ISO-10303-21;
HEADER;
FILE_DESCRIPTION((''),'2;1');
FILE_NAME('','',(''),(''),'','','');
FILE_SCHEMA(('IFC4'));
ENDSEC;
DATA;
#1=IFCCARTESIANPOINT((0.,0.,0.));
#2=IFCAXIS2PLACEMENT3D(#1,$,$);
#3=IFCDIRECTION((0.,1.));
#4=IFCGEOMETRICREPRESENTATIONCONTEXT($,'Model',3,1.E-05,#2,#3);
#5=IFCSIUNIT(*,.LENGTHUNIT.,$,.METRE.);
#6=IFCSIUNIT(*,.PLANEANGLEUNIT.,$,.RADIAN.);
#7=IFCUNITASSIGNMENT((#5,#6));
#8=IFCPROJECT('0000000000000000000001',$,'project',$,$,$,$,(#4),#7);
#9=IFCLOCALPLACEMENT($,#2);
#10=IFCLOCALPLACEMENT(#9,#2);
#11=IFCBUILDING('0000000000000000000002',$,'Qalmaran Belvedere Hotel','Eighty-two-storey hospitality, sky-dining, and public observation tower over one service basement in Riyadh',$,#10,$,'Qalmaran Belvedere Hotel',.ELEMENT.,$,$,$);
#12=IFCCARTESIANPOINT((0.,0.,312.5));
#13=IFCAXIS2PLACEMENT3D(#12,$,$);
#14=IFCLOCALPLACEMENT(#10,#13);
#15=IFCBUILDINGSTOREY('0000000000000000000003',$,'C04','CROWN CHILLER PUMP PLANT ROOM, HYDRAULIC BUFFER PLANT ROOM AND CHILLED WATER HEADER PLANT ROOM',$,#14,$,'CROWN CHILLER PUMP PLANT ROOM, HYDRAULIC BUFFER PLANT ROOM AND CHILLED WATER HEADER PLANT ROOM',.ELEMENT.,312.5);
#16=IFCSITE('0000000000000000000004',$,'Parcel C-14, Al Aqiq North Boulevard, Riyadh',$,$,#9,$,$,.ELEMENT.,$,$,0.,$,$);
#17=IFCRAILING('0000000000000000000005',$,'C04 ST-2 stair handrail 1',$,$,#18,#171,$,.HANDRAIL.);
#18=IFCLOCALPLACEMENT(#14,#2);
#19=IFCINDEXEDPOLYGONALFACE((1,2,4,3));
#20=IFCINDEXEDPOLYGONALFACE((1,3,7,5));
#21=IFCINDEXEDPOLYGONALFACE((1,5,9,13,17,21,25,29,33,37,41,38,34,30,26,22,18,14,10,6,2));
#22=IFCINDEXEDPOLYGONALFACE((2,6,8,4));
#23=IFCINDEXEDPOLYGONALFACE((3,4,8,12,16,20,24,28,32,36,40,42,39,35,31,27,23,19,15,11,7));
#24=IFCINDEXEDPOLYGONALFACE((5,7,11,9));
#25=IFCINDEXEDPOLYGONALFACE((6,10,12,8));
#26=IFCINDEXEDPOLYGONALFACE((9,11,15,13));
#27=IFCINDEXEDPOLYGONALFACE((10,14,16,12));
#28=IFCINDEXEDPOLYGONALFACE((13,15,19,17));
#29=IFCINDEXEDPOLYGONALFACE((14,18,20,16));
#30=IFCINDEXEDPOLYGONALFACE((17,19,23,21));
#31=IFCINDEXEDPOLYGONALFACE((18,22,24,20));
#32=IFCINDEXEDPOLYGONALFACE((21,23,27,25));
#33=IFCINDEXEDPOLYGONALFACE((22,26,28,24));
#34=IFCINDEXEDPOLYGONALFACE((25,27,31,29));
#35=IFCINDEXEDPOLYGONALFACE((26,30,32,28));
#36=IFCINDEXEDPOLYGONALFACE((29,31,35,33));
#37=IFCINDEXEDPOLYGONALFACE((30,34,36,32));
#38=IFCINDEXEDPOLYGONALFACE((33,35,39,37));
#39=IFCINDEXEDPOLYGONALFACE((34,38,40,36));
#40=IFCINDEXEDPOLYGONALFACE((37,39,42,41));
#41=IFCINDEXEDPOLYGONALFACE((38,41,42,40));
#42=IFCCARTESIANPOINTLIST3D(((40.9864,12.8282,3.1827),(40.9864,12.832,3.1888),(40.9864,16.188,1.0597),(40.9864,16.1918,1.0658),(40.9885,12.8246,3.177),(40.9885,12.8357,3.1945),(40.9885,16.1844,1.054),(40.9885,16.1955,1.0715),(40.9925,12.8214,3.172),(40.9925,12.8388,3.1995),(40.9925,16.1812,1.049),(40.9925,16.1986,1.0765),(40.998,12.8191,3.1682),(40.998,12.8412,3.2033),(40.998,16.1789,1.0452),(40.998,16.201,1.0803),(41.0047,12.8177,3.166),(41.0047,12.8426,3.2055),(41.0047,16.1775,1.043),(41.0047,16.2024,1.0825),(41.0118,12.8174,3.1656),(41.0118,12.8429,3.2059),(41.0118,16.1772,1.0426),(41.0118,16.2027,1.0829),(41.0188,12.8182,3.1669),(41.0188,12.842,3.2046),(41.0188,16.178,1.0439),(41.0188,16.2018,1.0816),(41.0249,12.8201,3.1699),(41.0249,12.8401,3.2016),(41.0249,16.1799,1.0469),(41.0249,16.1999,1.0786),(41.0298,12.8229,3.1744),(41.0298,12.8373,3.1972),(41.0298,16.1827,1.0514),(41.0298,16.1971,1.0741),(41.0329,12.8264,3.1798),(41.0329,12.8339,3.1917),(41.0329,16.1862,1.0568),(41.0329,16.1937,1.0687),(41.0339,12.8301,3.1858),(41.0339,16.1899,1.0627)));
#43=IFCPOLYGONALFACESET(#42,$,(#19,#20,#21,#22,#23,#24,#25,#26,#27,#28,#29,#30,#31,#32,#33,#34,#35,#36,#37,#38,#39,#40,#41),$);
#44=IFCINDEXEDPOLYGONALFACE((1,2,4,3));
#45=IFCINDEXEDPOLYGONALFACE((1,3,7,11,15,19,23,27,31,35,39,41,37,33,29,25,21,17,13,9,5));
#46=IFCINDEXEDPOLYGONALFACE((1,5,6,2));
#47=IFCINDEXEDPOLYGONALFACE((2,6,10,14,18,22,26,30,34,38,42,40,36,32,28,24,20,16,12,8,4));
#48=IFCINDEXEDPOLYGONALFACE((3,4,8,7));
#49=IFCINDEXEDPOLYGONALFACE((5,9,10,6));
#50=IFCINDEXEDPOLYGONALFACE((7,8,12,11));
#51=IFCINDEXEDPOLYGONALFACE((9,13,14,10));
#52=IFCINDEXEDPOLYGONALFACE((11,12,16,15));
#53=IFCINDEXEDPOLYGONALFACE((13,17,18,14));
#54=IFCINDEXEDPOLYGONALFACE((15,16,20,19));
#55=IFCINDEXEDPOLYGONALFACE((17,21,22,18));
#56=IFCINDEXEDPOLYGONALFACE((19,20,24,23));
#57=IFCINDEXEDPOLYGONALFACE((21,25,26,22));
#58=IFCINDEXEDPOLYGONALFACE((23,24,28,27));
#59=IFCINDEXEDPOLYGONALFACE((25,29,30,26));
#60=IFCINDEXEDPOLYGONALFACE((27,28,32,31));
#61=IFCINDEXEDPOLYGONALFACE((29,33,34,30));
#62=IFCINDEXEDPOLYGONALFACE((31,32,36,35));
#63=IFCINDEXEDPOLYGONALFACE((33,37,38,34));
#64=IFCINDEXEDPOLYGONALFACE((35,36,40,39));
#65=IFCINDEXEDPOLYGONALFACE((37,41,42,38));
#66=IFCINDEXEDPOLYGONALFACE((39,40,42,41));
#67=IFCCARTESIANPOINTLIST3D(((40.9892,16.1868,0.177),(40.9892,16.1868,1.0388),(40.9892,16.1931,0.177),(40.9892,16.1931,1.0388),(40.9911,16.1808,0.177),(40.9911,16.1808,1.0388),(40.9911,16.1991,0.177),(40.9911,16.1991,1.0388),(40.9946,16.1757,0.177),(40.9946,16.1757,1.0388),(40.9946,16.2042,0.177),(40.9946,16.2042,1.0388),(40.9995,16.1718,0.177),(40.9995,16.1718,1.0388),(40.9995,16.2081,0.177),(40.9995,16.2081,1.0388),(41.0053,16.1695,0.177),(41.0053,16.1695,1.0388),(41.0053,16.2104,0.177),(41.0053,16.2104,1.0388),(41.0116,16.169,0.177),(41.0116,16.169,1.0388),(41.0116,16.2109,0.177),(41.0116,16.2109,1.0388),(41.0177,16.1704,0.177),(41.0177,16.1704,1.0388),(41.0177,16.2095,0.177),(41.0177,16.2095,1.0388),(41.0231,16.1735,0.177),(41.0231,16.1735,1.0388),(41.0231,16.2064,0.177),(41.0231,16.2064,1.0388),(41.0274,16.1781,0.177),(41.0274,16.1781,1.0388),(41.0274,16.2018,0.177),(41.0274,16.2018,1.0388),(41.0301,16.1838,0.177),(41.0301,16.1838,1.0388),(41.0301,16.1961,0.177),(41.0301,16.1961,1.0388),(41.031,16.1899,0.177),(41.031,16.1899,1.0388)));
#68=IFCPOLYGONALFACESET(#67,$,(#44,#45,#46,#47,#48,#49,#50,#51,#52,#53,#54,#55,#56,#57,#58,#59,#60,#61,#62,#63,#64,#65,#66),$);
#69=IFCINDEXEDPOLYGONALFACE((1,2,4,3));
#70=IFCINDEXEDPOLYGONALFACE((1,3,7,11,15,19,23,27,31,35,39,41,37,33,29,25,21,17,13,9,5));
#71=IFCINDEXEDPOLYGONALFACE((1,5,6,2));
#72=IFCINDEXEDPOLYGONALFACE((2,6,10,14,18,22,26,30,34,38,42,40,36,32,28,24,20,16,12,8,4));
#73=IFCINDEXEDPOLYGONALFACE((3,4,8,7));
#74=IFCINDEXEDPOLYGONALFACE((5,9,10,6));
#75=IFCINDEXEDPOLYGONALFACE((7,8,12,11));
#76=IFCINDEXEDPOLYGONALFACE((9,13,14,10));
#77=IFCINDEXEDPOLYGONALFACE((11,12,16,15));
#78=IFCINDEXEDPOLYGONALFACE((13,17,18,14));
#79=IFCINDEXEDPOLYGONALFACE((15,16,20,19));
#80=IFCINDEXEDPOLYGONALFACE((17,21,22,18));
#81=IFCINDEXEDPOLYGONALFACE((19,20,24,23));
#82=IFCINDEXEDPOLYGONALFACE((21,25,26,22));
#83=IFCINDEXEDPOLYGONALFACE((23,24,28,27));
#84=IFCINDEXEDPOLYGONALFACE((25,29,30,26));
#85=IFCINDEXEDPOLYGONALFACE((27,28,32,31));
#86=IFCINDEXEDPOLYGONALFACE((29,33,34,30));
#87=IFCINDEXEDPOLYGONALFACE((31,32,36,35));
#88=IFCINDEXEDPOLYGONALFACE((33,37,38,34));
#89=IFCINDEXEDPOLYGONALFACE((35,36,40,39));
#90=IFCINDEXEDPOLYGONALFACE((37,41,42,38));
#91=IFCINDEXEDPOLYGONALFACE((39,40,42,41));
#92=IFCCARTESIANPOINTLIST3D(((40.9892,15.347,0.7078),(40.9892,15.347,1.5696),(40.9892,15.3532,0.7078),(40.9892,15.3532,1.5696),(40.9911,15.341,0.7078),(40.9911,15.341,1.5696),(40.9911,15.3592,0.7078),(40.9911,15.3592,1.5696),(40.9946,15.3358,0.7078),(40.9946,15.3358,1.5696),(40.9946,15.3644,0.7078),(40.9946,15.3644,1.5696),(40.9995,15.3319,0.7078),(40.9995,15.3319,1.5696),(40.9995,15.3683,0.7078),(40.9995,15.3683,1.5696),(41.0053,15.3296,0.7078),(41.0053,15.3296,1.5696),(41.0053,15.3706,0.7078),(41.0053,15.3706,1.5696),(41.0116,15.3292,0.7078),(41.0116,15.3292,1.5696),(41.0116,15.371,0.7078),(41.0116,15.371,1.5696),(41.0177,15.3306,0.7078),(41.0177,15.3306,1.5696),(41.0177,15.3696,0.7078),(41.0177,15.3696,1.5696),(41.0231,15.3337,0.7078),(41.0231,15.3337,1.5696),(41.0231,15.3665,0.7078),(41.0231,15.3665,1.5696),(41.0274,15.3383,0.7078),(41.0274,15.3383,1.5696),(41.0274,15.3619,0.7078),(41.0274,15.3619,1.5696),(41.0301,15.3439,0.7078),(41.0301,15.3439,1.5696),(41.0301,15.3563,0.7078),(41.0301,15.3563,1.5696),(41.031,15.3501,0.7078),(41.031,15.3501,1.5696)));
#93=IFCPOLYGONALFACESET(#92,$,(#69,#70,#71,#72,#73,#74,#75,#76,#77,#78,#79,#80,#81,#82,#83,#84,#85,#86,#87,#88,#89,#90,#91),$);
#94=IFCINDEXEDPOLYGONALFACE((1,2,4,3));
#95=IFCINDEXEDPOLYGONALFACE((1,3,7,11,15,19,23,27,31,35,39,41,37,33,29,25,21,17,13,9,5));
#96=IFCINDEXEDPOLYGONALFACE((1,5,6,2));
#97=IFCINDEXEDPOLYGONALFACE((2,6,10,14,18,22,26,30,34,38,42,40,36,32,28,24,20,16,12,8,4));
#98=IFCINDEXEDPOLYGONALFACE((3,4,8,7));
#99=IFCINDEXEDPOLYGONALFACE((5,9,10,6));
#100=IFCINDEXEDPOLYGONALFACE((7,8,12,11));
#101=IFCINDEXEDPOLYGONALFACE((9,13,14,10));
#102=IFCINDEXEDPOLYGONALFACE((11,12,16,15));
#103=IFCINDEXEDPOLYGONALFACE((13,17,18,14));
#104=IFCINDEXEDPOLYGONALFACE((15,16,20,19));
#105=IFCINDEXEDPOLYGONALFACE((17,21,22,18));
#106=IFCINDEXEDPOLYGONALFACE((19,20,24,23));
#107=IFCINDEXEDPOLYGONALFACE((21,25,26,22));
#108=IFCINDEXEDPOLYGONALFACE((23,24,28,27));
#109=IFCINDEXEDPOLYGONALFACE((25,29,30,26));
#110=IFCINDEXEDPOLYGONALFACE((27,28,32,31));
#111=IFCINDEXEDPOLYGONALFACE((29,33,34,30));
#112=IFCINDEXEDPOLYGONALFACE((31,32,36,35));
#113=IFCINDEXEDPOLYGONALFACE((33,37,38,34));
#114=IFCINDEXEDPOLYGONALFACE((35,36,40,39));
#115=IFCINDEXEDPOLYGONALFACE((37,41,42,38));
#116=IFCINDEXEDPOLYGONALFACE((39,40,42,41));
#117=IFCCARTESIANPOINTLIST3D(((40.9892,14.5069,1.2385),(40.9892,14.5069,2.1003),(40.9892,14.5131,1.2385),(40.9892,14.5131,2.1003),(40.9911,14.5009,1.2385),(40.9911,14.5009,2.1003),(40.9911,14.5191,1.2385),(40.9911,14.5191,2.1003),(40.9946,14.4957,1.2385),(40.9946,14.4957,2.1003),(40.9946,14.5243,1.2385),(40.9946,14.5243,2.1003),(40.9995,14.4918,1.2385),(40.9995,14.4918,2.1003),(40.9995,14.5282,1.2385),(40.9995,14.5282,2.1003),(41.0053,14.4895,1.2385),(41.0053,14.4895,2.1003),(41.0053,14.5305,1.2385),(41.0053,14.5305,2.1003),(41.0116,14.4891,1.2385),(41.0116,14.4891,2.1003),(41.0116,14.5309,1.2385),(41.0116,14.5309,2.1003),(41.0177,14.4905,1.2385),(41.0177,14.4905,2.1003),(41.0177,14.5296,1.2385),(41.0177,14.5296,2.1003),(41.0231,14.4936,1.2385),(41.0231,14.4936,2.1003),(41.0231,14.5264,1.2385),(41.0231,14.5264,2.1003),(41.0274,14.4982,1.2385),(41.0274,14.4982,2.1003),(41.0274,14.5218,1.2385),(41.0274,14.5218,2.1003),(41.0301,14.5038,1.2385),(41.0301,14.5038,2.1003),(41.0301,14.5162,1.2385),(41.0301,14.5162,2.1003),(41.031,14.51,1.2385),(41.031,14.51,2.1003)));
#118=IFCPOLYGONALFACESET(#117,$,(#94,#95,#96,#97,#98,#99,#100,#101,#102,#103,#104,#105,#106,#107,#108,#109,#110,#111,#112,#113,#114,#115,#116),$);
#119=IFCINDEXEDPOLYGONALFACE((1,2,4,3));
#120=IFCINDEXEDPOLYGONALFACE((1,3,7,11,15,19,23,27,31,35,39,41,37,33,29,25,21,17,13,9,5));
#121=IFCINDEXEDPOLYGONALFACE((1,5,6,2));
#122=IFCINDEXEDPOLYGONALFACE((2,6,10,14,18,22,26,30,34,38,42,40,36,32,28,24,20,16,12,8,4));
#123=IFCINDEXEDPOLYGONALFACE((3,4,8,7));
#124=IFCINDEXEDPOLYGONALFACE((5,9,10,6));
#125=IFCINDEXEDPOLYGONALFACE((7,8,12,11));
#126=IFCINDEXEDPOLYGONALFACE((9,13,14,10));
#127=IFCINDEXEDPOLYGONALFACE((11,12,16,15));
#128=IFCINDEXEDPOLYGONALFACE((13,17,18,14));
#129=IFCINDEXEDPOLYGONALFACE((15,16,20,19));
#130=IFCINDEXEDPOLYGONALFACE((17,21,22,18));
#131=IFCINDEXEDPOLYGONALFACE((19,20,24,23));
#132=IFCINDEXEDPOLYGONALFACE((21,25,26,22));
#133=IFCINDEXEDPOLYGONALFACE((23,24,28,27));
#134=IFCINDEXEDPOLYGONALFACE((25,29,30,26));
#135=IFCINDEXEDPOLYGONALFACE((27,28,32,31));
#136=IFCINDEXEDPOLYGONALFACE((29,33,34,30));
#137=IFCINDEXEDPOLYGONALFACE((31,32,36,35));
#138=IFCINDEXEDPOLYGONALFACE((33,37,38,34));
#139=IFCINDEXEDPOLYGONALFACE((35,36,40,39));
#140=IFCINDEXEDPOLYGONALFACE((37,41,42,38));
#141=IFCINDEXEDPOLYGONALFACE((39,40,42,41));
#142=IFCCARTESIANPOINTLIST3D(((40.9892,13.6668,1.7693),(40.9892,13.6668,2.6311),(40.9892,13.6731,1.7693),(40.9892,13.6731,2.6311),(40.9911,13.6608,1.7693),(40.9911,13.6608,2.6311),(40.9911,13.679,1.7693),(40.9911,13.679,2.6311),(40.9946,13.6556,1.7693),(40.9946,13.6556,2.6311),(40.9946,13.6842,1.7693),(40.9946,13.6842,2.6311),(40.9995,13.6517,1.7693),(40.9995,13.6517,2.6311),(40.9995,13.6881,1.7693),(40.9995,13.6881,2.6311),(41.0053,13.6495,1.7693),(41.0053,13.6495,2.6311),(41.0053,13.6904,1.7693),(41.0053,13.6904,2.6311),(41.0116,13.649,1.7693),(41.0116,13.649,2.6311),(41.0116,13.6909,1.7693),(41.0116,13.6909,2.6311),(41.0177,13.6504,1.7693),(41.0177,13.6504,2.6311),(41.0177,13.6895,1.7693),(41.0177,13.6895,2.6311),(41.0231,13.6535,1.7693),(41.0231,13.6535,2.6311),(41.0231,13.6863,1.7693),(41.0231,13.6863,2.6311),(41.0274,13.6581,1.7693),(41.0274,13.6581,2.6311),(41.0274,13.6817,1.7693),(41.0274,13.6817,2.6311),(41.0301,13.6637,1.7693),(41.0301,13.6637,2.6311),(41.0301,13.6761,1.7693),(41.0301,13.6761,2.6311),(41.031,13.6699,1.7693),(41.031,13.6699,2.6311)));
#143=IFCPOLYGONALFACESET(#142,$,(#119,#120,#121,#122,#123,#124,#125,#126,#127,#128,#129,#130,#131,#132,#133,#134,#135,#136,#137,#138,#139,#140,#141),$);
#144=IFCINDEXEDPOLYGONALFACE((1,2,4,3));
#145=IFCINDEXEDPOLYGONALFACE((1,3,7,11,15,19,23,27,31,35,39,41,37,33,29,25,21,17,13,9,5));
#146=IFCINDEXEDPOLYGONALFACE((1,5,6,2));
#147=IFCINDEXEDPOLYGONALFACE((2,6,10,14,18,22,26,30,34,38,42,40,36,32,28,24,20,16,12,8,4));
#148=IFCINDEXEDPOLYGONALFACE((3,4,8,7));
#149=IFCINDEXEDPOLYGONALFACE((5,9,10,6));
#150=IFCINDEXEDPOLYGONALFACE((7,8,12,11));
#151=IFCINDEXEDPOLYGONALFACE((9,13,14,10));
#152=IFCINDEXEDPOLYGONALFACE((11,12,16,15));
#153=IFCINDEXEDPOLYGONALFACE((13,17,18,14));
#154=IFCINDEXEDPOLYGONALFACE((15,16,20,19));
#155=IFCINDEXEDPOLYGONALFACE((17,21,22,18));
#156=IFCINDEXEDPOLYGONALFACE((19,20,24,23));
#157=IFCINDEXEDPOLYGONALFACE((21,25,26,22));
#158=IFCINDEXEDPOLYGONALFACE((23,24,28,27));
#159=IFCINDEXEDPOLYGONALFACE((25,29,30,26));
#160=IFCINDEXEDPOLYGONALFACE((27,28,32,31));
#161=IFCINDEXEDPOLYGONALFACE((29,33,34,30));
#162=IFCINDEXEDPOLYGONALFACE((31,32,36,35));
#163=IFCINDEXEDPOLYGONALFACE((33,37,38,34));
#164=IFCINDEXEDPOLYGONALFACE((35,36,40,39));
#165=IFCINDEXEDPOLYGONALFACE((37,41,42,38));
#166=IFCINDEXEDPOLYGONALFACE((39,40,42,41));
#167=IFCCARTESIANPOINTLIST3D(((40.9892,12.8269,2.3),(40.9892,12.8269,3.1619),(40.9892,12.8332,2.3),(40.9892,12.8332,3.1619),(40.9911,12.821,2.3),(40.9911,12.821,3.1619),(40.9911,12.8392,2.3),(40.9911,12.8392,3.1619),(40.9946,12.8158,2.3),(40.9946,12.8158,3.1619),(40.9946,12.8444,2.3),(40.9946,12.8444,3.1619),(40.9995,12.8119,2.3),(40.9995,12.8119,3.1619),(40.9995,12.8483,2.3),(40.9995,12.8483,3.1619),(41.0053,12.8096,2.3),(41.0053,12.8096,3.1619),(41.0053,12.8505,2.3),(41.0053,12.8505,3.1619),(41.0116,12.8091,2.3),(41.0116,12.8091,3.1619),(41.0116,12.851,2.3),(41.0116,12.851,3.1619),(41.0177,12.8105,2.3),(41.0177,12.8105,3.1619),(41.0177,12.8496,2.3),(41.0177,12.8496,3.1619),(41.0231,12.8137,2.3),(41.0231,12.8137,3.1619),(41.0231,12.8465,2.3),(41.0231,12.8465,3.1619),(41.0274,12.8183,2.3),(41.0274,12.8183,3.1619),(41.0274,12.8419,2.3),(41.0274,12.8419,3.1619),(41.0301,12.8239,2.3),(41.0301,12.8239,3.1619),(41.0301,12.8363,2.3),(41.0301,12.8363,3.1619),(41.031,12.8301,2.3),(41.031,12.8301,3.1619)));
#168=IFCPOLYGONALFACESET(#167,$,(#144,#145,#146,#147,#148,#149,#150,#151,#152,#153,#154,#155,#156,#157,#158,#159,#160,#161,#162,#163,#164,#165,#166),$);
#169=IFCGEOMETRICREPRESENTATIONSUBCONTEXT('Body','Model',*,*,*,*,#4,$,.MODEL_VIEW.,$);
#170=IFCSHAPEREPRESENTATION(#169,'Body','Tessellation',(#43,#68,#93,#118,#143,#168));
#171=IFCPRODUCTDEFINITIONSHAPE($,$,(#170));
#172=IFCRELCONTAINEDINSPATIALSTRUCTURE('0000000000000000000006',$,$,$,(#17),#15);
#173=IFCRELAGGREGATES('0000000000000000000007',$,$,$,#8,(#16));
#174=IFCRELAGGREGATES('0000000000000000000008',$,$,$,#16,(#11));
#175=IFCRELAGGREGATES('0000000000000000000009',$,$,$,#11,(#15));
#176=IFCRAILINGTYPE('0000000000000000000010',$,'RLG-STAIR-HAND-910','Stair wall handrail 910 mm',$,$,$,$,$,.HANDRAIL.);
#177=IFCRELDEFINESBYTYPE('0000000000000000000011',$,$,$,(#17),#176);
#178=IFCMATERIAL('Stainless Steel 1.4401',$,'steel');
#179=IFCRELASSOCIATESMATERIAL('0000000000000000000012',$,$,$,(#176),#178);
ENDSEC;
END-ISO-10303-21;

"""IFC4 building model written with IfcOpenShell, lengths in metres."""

from ifc_helpers import new_model, si_unit, direction, frame, origin, origin_2d, place, context, subcontext, project, spatial, circle, extrude, material, type_object, element, save


model = new_model("IFC4")

# Units and contexts
model_context = context("Model", 3, precision=1e-05, world=origin(), true_north=direction((0.0, 1.0)))
body_context = subcontext(model_context, "Body", "Model", "MODEL_VIEW")
ifc_project = project(units=[si_unit("LENGTHUNIT", "METRE"), si_unit("PLANEANGLEUNIT", "RADIAN")], contexts=[model_context])

# Site, building, storey
site_placement = place(None, origin())
site = spatial("IfcSite", under=ifc_project, at=site_placement, Name="Parcel C-14, Al Aqiq North Boulevard, Riyadh", CompositionType="ELEMENT", RefElevation=0.0)
building_placement = place(site_placement, origin())
building = spatial("IfcBuilding", under=site, at=building_placement, Name="Qalmaran Belvedere Hotel", Description="Eighty-two-storey hospitality, sky-dining, and public observation tower over one service basement in Riyadh", LongName="Qalmaran Belvedere Hotel", CompositionType="ELEMENT")
storey_placement = place(building_placement, frame((0.0, 0.0, 312.5)))
storey = spatial("IfcBuildingStorey", under=building, at=storey_placement, Name="C04", Description="CROWN CHILLER PUMP PLANT ROOM, HYDRAULIC BUFFER PLANT ROOM AND CHILLED WATER HEADER PLANT ROOM", LongName="CROWN CHILLER PUMP PLANT ROOM, HYDRAULIC BUFFER PLANT ROOM AND CHILLED WATER HEADER PLANT ROOM", CompositionType="ELEMENT", Elevation=312.5)

# Railing
ifc_material_1 = material(Name="Stainless Steel 1.4401", Category="steel")
railing_type_1 = type_object("IfcRailingType", Name="RLG-STAIR-HAND-910", Description="Stair wall handrail 910 mm", PredefinedType="HANDRAIL", material=ifc_material_1)
railing_1_placement = place(storey_placement, frame((41.01, 16.1899, 0.177)))
element("IfcRailing", 1, at=railing_1_placement, inside=storey, type_object=railing_type_1, Name="C04 ST-2 stair handrail 1", PredefinedType="HANDRAIL", context=body_context, shape_type="SweptSolid", body=[
    extrude(circle(Radius=0.0239, at=origin_2d()), frame((0.0, 0.0, 0.8857), z_axis=(0.0, -0.845372, 0.534178), x_axis=(1.0, 0.0, 0.0)), (0.0, 0.0, 1.0), 3.9744),
    extrude(circle(Radius=0.021, at=origin_2d()), origin(), (0.0, 0.0, 1.0), 0.8618),
    extrude(circle(Radius=0.021, at=origin_2d()), frame((0.0, -0.8398, 0.5308)), (0.0, 0.0, 1.0), 0.8618),
    extrude(circle(Radius=0.021, at=origin_2d()), frame((0.0, -1.6799, 1.0615)), (0.0, 0.0, 1.0), 0.8618),
    extrude(circle(Radius=0.021, at=origin_2d()), frame((0.0, -2.52, 1.5923)), (0.0, 0.0, 1.0), 0.8618),
    extrude(circle(Radius=0.021, at=origin_2d()), frame((0.0, -3.3599, 2.123)), (0.0, 0.0, 1.0), 0.8618),
])

save(model, "model.ifc")
